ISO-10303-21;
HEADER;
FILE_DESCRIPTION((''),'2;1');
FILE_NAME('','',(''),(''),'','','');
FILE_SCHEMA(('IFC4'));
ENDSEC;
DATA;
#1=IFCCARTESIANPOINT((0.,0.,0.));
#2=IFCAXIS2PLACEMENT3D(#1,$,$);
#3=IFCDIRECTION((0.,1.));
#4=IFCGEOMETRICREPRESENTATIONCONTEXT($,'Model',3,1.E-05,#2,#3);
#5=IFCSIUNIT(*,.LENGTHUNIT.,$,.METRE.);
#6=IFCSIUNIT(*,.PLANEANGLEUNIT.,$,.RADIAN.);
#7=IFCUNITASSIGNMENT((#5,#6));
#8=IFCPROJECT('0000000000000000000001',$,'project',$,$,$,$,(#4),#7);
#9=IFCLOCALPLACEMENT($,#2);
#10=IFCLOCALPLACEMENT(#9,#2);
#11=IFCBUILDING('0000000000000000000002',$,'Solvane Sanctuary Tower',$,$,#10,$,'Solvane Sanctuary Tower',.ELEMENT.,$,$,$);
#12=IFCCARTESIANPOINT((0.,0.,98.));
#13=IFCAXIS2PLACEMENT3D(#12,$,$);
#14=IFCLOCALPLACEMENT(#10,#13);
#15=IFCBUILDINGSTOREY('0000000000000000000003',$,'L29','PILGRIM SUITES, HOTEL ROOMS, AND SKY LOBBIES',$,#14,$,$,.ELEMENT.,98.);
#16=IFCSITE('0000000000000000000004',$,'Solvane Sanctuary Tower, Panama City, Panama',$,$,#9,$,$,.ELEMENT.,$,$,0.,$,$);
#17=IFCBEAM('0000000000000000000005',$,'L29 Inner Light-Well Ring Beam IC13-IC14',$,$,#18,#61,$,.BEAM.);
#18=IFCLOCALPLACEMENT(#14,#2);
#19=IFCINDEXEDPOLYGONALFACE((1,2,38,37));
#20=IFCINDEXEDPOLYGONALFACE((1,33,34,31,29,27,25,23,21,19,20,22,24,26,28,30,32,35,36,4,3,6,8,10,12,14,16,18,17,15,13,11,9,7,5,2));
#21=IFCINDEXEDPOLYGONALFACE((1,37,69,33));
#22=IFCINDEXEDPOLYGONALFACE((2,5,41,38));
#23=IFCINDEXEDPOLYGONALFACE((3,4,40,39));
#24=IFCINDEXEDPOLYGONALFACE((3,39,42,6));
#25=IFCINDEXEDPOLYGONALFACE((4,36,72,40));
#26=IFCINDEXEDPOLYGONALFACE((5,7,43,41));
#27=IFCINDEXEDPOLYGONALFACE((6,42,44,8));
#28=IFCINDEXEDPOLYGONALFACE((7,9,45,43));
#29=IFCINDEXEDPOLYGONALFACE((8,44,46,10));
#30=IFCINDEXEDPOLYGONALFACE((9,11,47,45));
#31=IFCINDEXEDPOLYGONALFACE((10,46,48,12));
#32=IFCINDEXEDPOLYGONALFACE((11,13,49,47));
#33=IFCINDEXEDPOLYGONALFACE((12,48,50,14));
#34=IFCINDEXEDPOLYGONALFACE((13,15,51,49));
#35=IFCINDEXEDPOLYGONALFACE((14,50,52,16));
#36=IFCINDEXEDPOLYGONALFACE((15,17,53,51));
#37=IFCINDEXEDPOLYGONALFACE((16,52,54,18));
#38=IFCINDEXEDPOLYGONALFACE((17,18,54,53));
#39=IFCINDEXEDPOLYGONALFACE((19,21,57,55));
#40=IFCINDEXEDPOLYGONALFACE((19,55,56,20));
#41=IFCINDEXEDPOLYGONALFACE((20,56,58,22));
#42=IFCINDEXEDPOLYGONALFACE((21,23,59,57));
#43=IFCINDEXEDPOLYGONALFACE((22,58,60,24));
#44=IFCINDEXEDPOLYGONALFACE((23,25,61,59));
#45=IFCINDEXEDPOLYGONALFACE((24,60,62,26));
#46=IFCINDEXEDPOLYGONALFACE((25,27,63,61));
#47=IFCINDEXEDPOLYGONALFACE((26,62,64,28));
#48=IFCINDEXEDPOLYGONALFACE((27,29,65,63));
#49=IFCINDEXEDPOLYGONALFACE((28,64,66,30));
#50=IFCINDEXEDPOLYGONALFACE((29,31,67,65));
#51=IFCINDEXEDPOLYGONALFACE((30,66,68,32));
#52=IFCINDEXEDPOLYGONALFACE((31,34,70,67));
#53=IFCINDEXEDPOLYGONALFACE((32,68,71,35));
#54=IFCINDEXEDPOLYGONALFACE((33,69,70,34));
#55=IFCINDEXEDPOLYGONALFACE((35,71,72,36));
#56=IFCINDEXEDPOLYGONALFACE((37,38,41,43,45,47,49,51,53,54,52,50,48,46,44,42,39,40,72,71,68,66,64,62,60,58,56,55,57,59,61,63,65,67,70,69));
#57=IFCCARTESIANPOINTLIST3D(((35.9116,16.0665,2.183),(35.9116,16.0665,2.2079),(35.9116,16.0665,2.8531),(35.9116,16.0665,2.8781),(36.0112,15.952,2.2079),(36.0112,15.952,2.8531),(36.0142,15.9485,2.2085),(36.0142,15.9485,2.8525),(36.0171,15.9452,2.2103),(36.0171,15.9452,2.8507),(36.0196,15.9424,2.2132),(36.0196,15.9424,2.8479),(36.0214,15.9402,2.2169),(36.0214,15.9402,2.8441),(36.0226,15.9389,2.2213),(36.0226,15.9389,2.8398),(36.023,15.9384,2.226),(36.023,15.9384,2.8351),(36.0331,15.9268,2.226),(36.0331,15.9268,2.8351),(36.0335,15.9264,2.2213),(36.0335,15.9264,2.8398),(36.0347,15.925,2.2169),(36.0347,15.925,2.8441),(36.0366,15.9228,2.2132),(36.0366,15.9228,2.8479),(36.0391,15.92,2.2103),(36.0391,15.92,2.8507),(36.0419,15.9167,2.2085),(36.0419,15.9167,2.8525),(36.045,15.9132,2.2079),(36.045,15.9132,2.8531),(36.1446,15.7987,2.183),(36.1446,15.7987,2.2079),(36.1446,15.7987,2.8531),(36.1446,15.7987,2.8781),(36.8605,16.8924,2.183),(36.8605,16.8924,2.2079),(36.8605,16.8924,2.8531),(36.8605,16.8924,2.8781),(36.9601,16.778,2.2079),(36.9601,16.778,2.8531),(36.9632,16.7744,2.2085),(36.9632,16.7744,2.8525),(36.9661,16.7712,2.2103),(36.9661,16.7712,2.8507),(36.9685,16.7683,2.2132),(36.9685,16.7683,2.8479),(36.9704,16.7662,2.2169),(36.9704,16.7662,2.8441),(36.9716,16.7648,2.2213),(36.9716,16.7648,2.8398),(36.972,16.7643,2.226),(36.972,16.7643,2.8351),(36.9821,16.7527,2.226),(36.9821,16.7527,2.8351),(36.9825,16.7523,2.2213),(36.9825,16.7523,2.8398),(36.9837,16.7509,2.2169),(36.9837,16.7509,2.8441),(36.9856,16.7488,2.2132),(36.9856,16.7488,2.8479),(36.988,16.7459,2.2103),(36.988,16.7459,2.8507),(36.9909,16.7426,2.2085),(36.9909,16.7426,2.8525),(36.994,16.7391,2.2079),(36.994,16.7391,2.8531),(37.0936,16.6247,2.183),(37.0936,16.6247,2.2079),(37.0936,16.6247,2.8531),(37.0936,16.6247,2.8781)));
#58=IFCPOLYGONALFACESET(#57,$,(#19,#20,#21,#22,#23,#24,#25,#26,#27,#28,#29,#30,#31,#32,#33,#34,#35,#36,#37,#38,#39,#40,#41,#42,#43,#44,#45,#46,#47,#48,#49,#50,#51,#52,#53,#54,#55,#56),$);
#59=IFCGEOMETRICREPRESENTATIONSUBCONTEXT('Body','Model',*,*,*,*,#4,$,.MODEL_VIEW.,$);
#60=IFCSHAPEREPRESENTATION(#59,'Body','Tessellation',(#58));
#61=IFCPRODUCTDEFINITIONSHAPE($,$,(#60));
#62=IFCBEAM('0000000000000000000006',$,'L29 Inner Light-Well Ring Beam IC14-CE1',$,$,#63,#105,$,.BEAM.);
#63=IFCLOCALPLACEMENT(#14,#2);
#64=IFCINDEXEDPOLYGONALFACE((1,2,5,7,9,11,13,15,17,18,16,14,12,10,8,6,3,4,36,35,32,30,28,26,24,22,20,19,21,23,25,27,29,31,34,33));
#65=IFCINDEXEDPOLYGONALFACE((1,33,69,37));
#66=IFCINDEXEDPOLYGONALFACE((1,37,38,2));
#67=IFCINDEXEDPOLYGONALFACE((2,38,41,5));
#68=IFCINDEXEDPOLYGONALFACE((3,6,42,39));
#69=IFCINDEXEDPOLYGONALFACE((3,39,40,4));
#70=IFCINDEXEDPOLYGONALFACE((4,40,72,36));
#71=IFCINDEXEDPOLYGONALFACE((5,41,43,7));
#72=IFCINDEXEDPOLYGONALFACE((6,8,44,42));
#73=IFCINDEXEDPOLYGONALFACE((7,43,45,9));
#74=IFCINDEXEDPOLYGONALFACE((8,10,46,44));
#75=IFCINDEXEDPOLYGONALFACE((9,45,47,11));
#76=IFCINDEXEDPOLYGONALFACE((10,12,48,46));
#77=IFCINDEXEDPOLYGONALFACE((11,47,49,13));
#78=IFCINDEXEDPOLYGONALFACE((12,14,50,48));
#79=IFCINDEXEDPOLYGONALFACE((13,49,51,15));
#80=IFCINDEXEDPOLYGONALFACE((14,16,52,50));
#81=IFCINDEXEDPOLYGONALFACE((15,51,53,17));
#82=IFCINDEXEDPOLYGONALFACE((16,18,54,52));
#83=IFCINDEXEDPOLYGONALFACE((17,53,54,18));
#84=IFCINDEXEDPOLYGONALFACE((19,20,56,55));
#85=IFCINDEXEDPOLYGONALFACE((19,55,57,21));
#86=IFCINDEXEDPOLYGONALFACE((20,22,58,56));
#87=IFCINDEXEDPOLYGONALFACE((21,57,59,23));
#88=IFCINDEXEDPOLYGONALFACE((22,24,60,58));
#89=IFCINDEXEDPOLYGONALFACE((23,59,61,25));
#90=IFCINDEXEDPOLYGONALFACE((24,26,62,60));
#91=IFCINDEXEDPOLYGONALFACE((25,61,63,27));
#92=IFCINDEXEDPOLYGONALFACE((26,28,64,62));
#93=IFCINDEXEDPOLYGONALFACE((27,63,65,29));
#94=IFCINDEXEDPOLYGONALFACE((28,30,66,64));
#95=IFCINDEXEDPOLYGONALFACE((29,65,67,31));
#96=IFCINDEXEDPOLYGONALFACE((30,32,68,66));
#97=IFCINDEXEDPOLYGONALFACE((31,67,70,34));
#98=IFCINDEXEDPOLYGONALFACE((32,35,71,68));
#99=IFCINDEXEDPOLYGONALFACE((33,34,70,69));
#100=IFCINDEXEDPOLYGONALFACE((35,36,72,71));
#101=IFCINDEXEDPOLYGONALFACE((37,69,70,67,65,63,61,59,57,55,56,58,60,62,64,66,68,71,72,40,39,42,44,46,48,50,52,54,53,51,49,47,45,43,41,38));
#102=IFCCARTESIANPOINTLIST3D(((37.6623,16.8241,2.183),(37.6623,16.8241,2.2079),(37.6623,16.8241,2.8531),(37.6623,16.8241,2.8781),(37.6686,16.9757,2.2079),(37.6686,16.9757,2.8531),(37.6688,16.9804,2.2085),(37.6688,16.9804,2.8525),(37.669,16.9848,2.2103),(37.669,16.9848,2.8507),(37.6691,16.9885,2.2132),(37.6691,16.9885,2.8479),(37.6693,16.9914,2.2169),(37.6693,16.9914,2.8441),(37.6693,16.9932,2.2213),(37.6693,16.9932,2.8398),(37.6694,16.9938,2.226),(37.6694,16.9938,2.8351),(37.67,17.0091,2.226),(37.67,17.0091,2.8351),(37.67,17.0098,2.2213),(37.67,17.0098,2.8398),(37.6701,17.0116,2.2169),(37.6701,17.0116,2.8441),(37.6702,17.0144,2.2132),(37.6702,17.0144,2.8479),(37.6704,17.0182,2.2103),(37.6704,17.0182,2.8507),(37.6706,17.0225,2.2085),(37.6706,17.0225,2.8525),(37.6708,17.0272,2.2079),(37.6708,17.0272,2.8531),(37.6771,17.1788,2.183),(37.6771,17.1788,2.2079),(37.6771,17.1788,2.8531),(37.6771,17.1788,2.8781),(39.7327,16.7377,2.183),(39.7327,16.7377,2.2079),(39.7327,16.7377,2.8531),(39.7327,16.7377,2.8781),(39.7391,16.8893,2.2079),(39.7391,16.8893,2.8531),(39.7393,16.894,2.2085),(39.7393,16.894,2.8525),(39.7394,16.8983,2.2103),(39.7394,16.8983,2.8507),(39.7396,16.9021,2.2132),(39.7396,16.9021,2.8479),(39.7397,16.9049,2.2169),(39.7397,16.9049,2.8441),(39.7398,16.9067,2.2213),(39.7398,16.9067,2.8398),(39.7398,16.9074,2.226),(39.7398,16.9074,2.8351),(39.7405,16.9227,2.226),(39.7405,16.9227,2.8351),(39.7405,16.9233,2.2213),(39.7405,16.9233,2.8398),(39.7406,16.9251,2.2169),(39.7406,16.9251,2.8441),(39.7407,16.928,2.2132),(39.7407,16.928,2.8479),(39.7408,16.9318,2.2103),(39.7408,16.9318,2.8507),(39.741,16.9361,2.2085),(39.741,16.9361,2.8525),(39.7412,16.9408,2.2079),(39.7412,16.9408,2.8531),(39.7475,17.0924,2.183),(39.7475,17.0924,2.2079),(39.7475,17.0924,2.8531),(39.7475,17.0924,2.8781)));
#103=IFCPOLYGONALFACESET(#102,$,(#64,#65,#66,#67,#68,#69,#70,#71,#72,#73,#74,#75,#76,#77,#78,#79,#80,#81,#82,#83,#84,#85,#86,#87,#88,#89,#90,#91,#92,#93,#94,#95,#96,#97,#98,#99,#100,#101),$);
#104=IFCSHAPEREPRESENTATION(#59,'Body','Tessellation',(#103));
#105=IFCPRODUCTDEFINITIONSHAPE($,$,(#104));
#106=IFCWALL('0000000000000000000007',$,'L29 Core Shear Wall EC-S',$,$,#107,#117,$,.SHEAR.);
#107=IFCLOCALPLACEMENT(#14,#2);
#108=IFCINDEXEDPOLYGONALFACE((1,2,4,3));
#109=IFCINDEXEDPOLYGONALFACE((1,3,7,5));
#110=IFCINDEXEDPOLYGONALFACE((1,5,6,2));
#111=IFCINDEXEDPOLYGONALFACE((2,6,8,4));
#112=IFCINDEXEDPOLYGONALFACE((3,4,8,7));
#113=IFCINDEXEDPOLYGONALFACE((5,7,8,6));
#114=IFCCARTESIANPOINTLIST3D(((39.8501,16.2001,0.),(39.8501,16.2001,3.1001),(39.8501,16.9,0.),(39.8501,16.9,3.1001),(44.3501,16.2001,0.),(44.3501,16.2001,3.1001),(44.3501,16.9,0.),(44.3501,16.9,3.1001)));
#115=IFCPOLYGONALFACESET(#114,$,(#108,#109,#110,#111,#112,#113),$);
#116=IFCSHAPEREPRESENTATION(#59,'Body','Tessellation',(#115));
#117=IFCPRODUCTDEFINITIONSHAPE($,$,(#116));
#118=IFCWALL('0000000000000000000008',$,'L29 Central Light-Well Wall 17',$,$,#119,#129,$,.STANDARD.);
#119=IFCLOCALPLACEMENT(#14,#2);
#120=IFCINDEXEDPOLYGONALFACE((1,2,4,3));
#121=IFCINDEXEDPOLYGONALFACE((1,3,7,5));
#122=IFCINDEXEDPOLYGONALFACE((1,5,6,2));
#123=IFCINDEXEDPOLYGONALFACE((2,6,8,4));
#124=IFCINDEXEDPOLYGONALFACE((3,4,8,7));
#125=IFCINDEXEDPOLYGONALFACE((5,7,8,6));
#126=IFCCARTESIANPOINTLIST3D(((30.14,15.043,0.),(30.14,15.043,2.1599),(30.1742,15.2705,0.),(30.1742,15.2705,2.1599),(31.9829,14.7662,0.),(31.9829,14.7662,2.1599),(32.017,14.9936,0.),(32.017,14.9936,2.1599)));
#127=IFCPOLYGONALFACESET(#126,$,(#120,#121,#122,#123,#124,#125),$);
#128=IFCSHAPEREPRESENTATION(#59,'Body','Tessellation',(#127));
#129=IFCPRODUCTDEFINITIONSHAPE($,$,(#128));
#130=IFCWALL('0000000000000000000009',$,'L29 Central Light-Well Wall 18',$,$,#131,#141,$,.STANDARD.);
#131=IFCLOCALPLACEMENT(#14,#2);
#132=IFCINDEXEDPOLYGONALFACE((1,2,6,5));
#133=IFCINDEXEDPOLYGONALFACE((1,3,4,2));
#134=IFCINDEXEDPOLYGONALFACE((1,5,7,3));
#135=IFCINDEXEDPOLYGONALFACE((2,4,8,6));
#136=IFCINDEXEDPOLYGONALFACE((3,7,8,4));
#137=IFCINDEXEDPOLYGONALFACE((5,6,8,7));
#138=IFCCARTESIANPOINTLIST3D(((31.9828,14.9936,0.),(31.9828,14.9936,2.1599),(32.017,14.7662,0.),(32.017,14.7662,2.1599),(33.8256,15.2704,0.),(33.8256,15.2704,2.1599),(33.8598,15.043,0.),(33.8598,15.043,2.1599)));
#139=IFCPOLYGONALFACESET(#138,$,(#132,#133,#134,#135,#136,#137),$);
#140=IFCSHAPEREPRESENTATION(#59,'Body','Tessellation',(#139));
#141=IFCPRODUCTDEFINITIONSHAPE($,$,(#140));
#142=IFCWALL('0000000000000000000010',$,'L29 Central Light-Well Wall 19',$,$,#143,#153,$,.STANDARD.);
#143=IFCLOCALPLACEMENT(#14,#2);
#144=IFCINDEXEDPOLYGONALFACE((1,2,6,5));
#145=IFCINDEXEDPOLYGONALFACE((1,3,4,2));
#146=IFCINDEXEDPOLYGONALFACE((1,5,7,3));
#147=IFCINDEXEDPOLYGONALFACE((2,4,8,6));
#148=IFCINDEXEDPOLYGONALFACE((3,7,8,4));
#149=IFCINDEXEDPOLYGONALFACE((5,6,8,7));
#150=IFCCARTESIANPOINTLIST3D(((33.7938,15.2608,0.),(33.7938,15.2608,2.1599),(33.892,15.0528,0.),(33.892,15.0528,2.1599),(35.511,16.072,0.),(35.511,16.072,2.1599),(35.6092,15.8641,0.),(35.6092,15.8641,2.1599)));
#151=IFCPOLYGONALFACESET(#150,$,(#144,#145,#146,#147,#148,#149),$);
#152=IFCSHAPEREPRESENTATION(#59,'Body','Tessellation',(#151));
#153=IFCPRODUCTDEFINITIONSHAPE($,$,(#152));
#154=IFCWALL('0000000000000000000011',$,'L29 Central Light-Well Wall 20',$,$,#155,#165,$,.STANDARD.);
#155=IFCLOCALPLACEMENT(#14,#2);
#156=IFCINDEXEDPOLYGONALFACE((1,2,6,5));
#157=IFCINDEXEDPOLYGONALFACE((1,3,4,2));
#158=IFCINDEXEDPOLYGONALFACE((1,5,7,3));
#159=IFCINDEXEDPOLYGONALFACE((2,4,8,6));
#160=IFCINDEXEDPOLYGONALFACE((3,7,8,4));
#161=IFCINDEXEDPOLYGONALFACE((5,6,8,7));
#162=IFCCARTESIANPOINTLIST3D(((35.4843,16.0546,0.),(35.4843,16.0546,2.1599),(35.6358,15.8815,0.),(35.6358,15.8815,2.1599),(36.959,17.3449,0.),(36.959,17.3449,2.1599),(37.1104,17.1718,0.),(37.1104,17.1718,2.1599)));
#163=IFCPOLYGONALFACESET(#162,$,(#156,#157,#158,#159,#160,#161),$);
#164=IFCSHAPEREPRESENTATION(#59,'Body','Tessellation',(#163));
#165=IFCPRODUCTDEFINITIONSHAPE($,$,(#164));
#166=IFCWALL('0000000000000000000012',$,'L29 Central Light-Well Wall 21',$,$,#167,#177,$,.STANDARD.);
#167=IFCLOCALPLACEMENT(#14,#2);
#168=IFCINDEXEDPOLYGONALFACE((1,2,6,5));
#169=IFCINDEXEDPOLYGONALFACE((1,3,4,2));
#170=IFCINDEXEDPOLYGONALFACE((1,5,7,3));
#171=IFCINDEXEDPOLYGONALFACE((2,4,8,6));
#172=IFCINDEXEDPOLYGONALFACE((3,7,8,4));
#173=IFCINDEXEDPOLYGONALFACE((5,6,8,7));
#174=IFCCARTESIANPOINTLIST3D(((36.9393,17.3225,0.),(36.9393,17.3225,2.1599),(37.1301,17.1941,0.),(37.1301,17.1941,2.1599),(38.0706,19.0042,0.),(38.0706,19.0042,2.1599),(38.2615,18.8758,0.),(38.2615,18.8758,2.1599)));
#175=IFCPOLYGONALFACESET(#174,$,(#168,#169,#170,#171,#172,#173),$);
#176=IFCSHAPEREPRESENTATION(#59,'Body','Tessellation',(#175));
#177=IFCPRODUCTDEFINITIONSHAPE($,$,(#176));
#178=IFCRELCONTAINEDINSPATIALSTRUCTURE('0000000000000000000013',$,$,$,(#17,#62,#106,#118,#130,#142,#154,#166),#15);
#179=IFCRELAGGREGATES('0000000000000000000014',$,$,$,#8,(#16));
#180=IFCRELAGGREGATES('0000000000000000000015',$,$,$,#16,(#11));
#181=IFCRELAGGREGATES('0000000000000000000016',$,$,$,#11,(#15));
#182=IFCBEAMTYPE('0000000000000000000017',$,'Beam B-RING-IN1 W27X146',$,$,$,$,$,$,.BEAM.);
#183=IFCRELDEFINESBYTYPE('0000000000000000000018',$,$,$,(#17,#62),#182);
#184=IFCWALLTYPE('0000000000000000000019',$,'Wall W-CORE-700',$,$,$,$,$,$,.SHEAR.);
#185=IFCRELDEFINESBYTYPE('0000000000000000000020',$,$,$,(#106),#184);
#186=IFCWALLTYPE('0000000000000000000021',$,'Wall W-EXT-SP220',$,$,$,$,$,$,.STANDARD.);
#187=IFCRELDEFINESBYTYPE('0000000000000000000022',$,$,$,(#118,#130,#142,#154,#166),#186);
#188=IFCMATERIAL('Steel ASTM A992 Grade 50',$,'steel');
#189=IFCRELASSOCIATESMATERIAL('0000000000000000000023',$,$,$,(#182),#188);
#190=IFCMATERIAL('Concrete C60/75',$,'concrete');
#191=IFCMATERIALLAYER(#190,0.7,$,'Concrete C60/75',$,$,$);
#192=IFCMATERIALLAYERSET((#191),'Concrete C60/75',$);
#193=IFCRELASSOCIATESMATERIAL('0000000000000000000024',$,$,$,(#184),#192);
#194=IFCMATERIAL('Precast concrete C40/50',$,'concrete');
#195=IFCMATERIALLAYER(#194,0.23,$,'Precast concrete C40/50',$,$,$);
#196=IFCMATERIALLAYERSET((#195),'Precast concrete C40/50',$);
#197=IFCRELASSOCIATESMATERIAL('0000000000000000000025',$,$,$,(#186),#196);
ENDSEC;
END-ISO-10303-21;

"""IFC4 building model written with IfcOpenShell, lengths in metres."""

from ifc_helpers import new_model, si_unit, direction, frame, frame_2d, origin, origin_2d, place, context, subcontext, project, spatial, rectangle, i_section, extrude, material, layer, layer_set, material_profile, profile_set, type_object, element, save


model = new_model("IFC4")

# Units and contexts
model_context = context("Model", 3, precision=1e-05, world=origin(), true_north=direction((0.0, 1.0)))
body_context = subcontext(model_context, "Body", "Model", "MODEL_VIEW")
ifc_project = project(units=[si_unit("LENGTHUNIT", "METRE"), si_unit("PLANEANGLEUNIT", "RADIAN")], contexts=[model_context])

# Site, building, storey
site_placement = place(None, origin())
site = spatial("IfcSite", under=ifc_project, at=site_placement, Name="Solvane Sanctuary Tower, Panama City, Panama", CompositionType="ELEMENT", RefElevation=0.0)
building_placement = place(site_placement, origin())
building = spatial("IfcBuilding", under=site, at=building_placement, Name="Solvane Sanctuary Tower", LongName="Solvane Sanctuary Tower", CompositionType="ELEMENT")
storey_placement = place(building_placement, frame((0.0, 0.0, 98.0)))
storey = spatial("IfcBuildingStorey", under=building, at=storey_placement, Name="L29", Description="PILGRIM SUITES, HOTEL ROOMS, AND SKY LOBBIES", CompositionType="ELEMENT", Elevation=98.0)

# Shared definitions
ifc_material_1 = material(Name="Concrete C60/75", Category="concrete")

# Beams
ifc_material_2 = material(Name="Steel ASTM A992 Grade 50", Category="steel")
ifc_material_profile_1 = material_profile(ifc_material_2, i_section(OverallWidth=0.355, OverallDepth=0.6951, WebThickness=0.0154, FlangeThickness=0.0249, FilletRadius=0.0181, at=origin_2d()), Name="W27X146")
ifc_profile_set_1 = profile_set([ifc_material_profile_1], Name="Steel ASTM A992 Grade 50")
beam_type_1 = type_object("IfcBeamType", Name="Beam B-RING-IN1 W27X146", PredefinedType="BEAM", material=ifc_profile_set_1)
beam_1_placement = place(storey_placement, frame((36.0281, 15.9326, 2.5305), z_axis=(0.754317, 0.65651, 0.0), x_axis=(-0.65651, 0.754317, 0.0)))
element("IfcBeam", 1, at=beam_1_placement, inside=storey, type_object=beam_type_1, Name="L29 Inner Light-Well Ring Beam IC13-IC14", PredefinedType="BEAM", context=body_context, shape_type="SweptSolid", body=[
    extrude(i_section(OverallWidth=0.355, OverallDepth=0.6951, WebThickness=0.0154, FlangeThickness=0.0249, FilletRadius=0.0181, at=origin_2d()), origin(), (0.0, 0.0, 1.0), 1.2581),
])
beam_2_placement = place(storey_placement, frame((37.6697, 17.0015, 2.5305), z_axis=(0.99913, -0.041704, 0.0), x_axis=(0.041704, 0.99913, 0.0)))
element("IfcBeam", 2, at=beam_2_placement, inside=storey, type_object=beam_type_1, Name="L29 Inner Light-Well Ring Beam IC14-CE1", PredefinedType="BEAM", context=body_context, shape_type="SweptSolid", body=[
    extrude(i_section(OverallWidth=0.355, OverallDepth=0.6951, WebThickness=0.0154, FlangeThickness=0.0249, FilletRadius=0.0181, at=origin_2d()), origin(), (0.0, 0.0, 1.0), 2.0723),
])

# Walls
ifc_layer_1 = layer(ifc_material_1, 0.7, Name="Concrete C60/75")
ifc_layer_set_1 = layer_set([ifc_layer_1], Name="Concrete C60/75")
wall_type_1 = type_object("IfcWallType", Name="Wall W-CORE-700", PredefinedType="SHEAR", material=ifc_layer_set_1)
wall_1_placement = place(storey_placement, frame((39.8501, 16.55, 0.0), z_axis=(0.0, 0.0, 1.0), x_axis=(1.0, 0.0, 0.0)))
element("IfcWall", 3, at=wall_1_placement, inside=storey, type_object=wall_type_1, Name="L29 Core Shear Wall EC-S", PredefinedType="SHEAR", context=body_context, shape_type="SweptSolid", body=[
    extrude(rectangle(XDim=4.5, YDim=0.7, at=frame_2d((2.25, 0.0))), origin(), (0.0, 0.0, 1.0), 3.1001),
])
ifc_material_3 = material(Name="Precast concrete C40/50", Category="concrete")
ifc_layer_2 = layer(ifc_material_3, 0.23, Name="Precast concrete C40/50")
ifc_layer_set_2 = layer_set([ifc_layer_2], Name="Precast concrete C40/50")
wall_type_2 = type_object("IfcWallType", Name="Wall W-EXT-SP220", PredefinedType="STANDARD", material=ifc_layer_set_2)
for number, where, z_axis, x_axis, name in (
    (4, (30.1572, 15.1567, 0.0), (0.0, 0.0, 1.0), (0.988902, -0.148571, 0.0), "L29 Central Light-Well Wall 17"),
    (5, (32.0, 14.8799, 0.0), (0.0, 0.0, 1.0), (0.988902, 0.148571, 0.0), "L29 Central Light-Well Wall 18"),
):
    element("IfcWall", number, at=place(storey_placement, frame(where, z_axis=z_axis, x_axis=x_axis)), inside=storey, type_object=wall_type_2, Name=name, PredefinedType="STANDARD", context=body_context, shape_type="SweptSolid", body=[
        extrude(rectangle(XDim=1.8635, YDim=0.23, at=frame_2d((0.9316, 0.0))), origin(), (0.0, 0.0, 1.0), 2.1599),
    ])
wall_2_placement = place(storey_placement, frame((33.8428, 15.1567, 0.0), z_axis=(0.0, 0.0, 1.0), x_axis=(0.90418, 0.427152, 0.0)))
element("IfcWall", 6, at=wall_2_placement, inside=storey, type_object=wall_type_2, Name="L29 Central Light-Well Wall 19", PredefinedType="STANDARD", context=body_context, shape_type="SweptSolid", body=[
    extrude(rectangle(XDim=1.8992, YDim=0.23, at=frame_2d((0.9497, 0.0))), origin(), (0.0, 0.0, 1.0), 2.1599),
])
wall_3_placement = place(storey_placement, frame((35.5601, 15.968, 0.0), z_axis=(0.0, 0.0, 1.0), x_axis=(0.752577, 0.658505, 0.0)))
element("IfcWall", 7, at=wall_3_placement, inside=storey, type_object=wall_type_2, Name="L29 Central Light-Well Wall 20", PredefinedType="STANDARD", context=body_context, shape_type="SweptSolid", body=[
    extrude(rectangle(XDim=1.9595, YDim=0.23, at=frame_2d((0.9797, 0.0))), origin(), (0.0, 0.0, 1.0), 2.1599),
])
wall_4_placement = place(storey_placement, frame((37.0347, 17.2583, 0.0), z_axis=(0.0, 0.0, 1.0), x_axis=(0.558198, 0.829708, 0.0)))
element("IfcWall", 8, at=wall_4_placement, inside=storey, type_object=wall_type_2, Name="L29 Central Light-Well Wall 21", PredefinedType="STANDARD", context=body_context, shape_type="SweptSolid", body=[
    extrude(rectangle(XDim=2.0269, YDim=0.23, at=frame_2d((1.0134, 0.0))), origin(), (0.0, 0.0, 1.0), 2.1599),
])

save(model, "model.ifc")
